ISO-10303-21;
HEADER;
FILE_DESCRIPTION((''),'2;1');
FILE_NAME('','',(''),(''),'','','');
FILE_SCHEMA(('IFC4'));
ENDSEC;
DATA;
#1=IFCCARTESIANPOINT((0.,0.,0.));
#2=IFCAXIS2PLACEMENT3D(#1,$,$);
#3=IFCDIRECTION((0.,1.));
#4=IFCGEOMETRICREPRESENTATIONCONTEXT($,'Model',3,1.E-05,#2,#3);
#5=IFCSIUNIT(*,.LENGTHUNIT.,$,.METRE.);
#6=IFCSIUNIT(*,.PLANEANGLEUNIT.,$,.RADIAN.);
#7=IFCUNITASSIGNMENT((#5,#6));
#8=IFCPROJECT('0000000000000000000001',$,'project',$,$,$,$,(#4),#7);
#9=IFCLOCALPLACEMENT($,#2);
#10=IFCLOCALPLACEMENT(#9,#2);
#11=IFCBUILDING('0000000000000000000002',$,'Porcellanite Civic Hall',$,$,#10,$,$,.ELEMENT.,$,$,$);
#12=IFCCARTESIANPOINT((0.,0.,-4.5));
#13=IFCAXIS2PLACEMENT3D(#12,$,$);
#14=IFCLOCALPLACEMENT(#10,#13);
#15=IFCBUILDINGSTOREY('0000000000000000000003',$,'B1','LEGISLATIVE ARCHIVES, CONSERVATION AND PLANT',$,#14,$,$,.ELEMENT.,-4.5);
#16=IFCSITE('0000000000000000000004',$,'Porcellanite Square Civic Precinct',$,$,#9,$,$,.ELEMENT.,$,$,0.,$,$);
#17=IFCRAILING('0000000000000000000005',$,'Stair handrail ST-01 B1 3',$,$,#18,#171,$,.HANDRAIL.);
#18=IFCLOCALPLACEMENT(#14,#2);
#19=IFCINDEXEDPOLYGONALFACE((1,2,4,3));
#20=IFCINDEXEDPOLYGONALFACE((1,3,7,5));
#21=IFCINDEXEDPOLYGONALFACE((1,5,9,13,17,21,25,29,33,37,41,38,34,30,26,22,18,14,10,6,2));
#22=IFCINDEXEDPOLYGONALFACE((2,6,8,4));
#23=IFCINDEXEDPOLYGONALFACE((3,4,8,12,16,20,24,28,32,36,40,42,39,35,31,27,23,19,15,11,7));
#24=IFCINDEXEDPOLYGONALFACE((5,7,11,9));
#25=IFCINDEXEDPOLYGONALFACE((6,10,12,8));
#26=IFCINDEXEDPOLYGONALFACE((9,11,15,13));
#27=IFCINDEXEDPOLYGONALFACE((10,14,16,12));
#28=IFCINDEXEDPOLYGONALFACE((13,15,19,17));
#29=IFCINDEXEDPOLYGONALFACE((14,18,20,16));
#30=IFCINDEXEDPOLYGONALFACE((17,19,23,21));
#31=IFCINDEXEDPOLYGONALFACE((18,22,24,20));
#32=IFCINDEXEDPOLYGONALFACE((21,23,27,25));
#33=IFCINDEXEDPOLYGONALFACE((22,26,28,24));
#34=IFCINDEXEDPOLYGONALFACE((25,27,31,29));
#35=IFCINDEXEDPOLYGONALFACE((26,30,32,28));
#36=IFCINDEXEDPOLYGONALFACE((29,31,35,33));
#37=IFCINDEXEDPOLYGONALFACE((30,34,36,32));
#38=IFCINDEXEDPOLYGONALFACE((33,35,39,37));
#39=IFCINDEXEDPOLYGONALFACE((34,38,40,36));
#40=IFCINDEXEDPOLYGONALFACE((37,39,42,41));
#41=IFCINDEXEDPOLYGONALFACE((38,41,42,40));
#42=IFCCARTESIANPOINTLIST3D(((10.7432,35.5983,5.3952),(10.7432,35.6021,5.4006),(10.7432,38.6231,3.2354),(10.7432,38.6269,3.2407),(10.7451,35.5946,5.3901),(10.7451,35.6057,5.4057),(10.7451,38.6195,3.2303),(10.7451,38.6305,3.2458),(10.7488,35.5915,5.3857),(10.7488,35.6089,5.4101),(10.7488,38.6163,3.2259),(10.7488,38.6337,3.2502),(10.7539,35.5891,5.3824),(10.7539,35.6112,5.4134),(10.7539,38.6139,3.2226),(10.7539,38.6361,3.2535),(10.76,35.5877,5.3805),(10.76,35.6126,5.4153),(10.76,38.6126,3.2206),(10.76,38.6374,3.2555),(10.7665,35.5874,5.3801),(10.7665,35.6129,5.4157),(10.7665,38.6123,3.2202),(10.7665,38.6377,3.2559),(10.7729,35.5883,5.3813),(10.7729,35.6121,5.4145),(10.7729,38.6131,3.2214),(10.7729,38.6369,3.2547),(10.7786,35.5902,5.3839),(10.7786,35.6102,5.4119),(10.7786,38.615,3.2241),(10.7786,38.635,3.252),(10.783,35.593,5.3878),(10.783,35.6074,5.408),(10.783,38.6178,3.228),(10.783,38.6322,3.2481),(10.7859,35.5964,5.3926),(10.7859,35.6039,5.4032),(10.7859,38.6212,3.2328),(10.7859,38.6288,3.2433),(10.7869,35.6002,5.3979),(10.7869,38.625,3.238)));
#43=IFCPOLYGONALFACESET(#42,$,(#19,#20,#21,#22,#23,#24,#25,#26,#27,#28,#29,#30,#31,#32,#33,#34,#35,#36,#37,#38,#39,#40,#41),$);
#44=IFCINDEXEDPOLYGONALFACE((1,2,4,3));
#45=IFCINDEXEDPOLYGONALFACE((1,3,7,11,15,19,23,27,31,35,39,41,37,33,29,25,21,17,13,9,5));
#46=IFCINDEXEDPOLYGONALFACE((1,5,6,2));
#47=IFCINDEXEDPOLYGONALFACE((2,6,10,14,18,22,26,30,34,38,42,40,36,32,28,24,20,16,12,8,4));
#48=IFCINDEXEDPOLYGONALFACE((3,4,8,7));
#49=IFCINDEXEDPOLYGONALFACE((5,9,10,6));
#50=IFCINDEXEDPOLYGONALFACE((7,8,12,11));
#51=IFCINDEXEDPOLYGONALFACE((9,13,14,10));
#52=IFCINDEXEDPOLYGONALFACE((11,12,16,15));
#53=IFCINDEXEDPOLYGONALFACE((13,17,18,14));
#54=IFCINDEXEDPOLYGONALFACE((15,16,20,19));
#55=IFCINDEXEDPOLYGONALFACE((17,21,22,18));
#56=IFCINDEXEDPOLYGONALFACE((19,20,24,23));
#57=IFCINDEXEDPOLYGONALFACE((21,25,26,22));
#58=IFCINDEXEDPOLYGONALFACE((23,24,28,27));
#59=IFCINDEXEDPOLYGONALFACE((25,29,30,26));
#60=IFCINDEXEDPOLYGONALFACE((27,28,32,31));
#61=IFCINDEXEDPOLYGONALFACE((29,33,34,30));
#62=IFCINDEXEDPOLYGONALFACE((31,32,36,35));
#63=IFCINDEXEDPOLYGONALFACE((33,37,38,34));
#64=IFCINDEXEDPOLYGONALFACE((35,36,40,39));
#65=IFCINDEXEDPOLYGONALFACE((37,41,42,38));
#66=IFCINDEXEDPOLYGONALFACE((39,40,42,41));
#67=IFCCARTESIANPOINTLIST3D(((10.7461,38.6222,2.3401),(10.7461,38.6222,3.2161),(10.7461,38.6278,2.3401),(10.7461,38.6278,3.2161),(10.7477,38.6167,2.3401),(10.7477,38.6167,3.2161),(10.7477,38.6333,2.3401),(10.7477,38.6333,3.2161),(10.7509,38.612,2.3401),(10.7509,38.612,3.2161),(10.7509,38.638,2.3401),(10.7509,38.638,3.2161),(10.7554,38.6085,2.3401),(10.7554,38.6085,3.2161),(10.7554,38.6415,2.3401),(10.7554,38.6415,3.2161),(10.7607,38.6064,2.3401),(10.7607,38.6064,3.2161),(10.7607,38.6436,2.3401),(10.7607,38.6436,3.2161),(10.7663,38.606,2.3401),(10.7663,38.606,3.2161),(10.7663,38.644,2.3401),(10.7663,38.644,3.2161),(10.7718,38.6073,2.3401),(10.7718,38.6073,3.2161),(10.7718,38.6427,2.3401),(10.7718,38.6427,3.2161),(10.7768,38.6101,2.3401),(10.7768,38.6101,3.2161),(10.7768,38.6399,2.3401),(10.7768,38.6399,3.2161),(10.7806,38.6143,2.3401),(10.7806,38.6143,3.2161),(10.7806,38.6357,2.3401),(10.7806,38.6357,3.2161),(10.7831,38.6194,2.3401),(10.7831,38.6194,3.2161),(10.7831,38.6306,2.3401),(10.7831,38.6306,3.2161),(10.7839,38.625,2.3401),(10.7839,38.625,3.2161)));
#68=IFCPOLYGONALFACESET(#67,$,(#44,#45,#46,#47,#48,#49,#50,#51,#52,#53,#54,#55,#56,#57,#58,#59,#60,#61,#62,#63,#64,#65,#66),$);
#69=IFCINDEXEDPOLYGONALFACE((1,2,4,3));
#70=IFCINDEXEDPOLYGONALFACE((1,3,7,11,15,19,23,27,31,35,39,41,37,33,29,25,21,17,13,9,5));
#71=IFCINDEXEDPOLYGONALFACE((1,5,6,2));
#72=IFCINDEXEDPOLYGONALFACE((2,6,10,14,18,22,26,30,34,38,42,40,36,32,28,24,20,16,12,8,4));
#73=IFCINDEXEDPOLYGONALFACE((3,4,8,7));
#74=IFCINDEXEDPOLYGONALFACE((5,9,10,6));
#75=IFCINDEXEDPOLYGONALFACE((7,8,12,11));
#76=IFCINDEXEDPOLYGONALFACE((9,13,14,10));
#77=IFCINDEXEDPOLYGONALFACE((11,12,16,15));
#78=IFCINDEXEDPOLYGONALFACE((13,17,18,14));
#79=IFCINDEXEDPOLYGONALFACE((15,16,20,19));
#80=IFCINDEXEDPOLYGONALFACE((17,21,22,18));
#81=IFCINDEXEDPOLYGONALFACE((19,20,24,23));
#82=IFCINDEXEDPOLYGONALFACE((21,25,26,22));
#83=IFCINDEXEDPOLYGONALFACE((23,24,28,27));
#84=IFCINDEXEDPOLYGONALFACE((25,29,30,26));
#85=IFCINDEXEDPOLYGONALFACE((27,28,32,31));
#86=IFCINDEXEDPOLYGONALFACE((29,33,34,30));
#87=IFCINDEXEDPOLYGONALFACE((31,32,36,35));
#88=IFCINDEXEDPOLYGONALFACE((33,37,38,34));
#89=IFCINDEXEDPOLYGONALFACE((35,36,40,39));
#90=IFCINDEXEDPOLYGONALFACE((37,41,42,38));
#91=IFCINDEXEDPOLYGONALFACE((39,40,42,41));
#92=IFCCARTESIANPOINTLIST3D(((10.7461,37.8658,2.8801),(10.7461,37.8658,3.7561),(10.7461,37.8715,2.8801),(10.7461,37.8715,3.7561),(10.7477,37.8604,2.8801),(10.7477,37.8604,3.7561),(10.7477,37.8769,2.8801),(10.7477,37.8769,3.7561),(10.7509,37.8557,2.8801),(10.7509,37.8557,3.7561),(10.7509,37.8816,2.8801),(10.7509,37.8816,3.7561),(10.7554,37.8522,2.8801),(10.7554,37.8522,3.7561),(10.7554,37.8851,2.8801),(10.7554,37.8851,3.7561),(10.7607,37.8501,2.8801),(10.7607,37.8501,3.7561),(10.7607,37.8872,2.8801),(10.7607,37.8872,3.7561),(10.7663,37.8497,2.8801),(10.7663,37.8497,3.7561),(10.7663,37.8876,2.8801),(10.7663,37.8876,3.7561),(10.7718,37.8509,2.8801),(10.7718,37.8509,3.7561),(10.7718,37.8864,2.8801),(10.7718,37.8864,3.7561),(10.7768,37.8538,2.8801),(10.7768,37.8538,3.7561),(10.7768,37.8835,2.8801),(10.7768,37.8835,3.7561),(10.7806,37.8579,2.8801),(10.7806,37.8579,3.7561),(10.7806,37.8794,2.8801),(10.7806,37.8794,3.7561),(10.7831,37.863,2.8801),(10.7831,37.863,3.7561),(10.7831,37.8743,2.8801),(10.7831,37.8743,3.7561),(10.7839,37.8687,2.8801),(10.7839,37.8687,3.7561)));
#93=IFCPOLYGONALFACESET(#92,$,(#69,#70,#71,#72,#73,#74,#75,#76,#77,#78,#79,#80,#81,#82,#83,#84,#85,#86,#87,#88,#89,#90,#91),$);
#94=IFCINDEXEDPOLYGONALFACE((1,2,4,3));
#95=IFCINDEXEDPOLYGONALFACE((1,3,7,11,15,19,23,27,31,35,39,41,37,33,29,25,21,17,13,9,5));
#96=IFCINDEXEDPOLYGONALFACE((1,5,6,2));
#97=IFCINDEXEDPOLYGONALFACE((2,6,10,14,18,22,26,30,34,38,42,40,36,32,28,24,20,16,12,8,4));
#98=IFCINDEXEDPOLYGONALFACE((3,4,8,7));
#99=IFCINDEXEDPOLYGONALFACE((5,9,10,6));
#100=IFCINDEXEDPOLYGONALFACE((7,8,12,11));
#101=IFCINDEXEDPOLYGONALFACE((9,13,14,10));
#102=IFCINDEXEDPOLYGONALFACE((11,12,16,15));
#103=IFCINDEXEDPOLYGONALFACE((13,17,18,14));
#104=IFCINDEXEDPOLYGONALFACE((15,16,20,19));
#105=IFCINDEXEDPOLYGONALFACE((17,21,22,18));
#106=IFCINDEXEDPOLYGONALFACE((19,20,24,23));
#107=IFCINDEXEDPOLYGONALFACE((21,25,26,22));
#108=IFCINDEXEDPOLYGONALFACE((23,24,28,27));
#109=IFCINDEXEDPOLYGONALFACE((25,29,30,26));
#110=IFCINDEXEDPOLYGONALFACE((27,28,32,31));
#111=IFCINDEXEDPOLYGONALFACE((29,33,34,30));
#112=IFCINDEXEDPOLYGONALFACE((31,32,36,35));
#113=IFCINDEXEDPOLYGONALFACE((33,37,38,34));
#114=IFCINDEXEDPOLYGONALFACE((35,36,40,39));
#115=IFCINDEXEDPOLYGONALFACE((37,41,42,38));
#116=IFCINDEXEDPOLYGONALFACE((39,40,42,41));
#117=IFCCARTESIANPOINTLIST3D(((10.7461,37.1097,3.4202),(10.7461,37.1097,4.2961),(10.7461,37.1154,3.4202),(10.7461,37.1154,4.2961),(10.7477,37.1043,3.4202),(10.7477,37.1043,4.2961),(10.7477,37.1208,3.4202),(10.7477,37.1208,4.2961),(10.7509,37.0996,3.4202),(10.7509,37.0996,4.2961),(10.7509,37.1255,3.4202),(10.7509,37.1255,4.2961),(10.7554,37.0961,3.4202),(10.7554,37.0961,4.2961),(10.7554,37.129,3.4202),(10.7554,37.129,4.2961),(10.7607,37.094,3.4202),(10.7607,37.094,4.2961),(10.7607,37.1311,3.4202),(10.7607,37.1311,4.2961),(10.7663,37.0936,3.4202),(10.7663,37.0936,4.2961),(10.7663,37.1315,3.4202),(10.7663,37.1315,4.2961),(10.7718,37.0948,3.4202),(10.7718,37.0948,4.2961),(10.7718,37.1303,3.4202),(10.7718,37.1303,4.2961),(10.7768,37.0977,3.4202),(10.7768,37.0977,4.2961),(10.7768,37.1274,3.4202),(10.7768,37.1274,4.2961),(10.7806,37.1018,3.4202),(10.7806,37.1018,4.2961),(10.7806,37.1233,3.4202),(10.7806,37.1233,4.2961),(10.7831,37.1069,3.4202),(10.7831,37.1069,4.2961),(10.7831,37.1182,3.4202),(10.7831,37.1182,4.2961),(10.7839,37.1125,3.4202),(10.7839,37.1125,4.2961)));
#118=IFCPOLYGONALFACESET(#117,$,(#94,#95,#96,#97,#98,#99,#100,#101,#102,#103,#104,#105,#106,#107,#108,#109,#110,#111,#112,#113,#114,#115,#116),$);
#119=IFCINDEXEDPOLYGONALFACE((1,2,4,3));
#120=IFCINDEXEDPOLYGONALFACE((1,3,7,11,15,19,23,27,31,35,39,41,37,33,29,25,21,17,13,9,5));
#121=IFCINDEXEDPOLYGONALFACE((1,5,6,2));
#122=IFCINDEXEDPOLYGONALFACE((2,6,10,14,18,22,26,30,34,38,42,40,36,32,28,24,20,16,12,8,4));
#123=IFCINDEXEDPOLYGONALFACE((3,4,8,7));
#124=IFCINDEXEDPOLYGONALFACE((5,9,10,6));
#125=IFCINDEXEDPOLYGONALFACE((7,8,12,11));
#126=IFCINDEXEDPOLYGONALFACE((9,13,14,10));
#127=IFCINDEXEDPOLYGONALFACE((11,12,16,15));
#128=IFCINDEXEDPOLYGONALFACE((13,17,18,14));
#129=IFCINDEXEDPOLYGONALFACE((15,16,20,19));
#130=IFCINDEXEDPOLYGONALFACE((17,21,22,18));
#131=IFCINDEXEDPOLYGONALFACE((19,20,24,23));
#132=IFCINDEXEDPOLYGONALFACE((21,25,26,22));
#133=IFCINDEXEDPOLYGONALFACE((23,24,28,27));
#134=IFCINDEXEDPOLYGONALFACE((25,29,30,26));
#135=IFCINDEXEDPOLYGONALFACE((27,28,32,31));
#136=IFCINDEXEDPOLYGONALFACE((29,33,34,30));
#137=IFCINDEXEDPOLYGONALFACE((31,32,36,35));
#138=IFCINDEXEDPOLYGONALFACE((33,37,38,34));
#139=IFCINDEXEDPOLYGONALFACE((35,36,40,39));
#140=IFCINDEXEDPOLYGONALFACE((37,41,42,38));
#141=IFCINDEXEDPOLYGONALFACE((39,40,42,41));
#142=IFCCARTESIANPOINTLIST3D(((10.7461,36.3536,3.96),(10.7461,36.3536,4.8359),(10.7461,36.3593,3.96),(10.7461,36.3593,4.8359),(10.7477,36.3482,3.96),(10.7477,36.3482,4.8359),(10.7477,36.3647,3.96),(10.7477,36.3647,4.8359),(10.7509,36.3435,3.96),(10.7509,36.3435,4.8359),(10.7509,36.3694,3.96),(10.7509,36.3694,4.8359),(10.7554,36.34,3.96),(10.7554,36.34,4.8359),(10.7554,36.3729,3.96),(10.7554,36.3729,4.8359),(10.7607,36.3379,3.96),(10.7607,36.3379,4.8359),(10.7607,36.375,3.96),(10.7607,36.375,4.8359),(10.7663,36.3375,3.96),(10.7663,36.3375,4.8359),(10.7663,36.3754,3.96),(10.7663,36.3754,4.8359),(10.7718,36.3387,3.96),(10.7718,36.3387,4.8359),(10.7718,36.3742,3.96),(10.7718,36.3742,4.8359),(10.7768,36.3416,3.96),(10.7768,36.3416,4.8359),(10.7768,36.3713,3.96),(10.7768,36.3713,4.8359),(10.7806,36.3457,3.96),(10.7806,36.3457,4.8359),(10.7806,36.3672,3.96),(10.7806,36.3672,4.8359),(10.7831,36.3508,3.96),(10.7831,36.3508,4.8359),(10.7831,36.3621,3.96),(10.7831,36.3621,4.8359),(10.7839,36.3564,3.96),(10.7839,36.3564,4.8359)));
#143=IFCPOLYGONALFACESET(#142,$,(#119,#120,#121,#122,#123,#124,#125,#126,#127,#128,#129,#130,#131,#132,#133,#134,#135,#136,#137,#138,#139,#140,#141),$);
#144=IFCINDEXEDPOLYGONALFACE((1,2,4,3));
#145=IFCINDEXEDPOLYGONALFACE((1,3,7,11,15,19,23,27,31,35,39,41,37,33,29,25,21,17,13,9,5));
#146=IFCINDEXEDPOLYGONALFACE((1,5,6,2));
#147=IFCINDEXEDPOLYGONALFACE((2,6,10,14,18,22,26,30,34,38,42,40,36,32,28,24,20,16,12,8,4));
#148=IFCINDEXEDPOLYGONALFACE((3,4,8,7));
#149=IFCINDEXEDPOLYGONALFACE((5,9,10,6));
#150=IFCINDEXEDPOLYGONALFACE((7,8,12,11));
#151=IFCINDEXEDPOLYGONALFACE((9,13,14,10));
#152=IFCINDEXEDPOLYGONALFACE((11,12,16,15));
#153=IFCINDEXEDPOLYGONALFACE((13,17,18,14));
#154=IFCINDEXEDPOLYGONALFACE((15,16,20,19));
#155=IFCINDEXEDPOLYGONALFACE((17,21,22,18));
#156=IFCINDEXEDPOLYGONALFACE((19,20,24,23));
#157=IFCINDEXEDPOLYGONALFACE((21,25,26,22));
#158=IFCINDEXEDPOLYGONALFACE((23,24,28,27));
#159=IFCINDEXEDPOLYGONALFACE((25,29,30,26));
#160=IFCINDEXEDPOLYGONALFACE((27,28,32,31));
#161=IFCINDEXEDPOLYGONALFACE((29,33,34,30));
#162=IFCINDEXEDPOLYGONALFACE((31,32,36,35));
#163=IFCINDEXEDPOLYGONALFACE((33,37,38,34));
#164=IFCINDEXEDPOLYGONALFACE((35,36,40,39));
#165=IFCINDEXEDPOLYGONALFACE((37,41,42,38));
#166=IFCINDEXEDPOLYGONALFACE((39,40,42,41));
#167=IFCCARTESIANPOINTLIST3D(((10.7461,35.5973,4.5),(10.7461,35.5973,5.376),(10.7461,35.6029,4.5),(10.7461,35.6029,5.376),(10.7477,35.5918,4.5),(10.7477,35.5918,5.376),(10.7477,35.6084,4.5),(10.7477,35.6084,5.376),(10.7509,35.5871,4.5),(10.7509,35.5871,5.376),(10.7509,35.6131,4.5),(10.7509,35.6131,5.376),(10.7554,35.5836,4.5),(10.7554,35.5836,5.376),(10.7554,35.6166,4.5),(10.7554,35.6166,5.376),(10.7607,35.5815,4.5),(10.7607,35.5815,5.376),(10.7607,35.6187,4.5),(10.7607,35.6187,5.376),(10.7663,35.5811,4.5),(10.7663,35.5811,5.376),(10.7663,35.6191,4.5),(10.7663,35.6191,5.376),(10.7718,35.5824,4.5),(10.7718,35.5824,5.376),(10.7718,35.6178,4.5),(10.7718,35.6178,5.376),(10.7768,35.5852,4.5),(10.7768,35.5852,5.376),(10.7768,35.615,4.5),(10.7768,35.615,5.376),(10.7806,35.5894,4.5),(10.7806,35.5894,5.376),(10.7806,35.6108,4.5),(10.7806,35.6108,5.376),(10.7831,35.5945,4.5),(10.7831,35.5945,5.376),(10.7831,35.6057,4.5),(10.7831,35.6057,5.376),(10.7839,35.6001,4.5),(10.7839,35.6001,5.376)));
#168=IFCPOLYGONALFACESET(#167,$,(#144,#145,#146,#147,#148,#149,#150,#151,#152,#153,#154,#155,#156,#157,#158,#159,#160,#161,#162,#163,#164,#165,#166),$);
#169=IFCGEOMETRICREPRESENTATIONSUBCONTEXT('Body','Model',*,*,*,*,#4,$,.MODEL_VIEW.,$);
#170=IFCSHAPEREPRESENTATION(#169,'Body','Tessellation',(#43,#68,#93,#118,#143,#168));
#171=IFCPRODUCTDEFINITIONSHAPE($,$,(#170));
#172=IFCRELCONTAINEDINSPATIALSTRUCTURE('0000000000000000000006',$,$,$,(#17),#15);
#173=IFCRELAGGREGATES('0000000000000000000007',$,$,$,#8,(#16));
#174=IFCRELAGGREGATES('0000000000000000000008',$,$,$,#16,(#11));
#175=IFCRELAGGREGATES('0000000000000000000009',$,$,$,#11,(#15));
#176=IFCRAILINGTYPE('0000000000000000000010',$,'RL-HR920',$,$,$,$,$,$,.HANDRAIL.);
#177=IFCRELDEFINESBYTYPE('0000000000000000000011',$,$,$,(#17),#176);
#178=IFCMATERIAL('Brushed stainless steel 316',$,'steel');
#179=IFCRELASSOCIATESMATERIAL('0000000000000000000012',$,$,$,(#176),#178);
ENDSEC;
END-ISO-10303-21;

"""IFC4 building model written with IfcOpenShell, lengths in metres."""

from ifc_helpers import new_model, si_unit, direction, frame, origin, origin_2d, place, context, subcontext, project, spatial, circle, extrude, material, type_object, element, save


model = new_model("IFC4")

# Units and contexts
model_context = context("Model", 3, precision=1e-05, world=origin(), true_north=direction((0.0, 1.0)))
body_context = subcontext(model_context, "Body", "Model", "MODEL_VIEW")
ifc_project = project(units=[si_unit("LENGTHUNIT", "METRE"), si_unit("PLANEANGLEUNIT", "RADIAN")], contexts=[model_context])

# Site, building, storey
site_placement = place(None, origin())
site = spatial("IfcSite", under=ifc_project, at=site_placement, Name="Porcellanite Square Civic Precinct", CompositionType="ELEMENT", RefElevation=0.0)
building_placement = place(site_placement, origin())
building = spatial("IfcBuilding", under=site, at=building_placement, Name="Porcellanite Civic Hall", CompositionType="ELEMENT")
storey_placement = place(building_placement, frame((0.0, 0.0, -4.5)))
storey = spatial("IfcBuildingStorey", under=building, at=storey_placement, Name="B1", Description="LEGISLATIVE ARCHIVES, CONSERVATION AND PLANT", CompositionType="ELEMENT", Elevation=-4.5)

# Railing
ifc_material_1 = material(Name="Brushed stainless steel 316", Category="steel")
railing_type_1 = type_object("IfcRailingType", Name="RL-HR920", PredefinedType="HANDRAIL", material=ifc_material_1)
railing_1_placement = place(storey_placement, frame((10.7649, 38.625, 2.3401)))
element("IfcRailing", 1, at=railing_1_placement, inside=storey, type_object=railing_type_1, Name="Stair handrail ST-01 B1 3", PredefinedType="HANDRAIL", context=body_context, shape_type="SweptSolid", body=[
    extrude(circle(Radius=0.022, at=origin_2d()), frame((0.0, 0.0, 0.8979), z_axis=(0.0, -0.813827, 0.581108), x_axis=(1.0, 0.0, 0.0)), (0.0, 0.0, 1.0), 3.7168),
    extrude(circle(Radius=0.019, at=origin_2d()), origin(), (0.0, 0.0, 1.0), 0.876),
    extrude(circle(Radius=0.019, at=origin_2d()), frame((0.0, -0.7563, 0.54)), (0.0, 0.0, 1.0), 0.876),
    extrude(circle(Radius=0.019, at=origin_2d()), frame((0.0, -1.5125, 1.0801)), (0.0, 0.0, 1.0), 0.876),
    extrude(circle(Radius=0.019, at=origin_2d()), frame((0.0, -2.2686, 1.6199)), (0.0, 0.0, 1.0), 0.876),
    extrude(circle(Radius=0.019, at=origin_2d()), frame((0.0, -3.0249, 2.1599)), (0.0, 0.0, 1.0), 0.876),
])

save(model, "model.ifc")
